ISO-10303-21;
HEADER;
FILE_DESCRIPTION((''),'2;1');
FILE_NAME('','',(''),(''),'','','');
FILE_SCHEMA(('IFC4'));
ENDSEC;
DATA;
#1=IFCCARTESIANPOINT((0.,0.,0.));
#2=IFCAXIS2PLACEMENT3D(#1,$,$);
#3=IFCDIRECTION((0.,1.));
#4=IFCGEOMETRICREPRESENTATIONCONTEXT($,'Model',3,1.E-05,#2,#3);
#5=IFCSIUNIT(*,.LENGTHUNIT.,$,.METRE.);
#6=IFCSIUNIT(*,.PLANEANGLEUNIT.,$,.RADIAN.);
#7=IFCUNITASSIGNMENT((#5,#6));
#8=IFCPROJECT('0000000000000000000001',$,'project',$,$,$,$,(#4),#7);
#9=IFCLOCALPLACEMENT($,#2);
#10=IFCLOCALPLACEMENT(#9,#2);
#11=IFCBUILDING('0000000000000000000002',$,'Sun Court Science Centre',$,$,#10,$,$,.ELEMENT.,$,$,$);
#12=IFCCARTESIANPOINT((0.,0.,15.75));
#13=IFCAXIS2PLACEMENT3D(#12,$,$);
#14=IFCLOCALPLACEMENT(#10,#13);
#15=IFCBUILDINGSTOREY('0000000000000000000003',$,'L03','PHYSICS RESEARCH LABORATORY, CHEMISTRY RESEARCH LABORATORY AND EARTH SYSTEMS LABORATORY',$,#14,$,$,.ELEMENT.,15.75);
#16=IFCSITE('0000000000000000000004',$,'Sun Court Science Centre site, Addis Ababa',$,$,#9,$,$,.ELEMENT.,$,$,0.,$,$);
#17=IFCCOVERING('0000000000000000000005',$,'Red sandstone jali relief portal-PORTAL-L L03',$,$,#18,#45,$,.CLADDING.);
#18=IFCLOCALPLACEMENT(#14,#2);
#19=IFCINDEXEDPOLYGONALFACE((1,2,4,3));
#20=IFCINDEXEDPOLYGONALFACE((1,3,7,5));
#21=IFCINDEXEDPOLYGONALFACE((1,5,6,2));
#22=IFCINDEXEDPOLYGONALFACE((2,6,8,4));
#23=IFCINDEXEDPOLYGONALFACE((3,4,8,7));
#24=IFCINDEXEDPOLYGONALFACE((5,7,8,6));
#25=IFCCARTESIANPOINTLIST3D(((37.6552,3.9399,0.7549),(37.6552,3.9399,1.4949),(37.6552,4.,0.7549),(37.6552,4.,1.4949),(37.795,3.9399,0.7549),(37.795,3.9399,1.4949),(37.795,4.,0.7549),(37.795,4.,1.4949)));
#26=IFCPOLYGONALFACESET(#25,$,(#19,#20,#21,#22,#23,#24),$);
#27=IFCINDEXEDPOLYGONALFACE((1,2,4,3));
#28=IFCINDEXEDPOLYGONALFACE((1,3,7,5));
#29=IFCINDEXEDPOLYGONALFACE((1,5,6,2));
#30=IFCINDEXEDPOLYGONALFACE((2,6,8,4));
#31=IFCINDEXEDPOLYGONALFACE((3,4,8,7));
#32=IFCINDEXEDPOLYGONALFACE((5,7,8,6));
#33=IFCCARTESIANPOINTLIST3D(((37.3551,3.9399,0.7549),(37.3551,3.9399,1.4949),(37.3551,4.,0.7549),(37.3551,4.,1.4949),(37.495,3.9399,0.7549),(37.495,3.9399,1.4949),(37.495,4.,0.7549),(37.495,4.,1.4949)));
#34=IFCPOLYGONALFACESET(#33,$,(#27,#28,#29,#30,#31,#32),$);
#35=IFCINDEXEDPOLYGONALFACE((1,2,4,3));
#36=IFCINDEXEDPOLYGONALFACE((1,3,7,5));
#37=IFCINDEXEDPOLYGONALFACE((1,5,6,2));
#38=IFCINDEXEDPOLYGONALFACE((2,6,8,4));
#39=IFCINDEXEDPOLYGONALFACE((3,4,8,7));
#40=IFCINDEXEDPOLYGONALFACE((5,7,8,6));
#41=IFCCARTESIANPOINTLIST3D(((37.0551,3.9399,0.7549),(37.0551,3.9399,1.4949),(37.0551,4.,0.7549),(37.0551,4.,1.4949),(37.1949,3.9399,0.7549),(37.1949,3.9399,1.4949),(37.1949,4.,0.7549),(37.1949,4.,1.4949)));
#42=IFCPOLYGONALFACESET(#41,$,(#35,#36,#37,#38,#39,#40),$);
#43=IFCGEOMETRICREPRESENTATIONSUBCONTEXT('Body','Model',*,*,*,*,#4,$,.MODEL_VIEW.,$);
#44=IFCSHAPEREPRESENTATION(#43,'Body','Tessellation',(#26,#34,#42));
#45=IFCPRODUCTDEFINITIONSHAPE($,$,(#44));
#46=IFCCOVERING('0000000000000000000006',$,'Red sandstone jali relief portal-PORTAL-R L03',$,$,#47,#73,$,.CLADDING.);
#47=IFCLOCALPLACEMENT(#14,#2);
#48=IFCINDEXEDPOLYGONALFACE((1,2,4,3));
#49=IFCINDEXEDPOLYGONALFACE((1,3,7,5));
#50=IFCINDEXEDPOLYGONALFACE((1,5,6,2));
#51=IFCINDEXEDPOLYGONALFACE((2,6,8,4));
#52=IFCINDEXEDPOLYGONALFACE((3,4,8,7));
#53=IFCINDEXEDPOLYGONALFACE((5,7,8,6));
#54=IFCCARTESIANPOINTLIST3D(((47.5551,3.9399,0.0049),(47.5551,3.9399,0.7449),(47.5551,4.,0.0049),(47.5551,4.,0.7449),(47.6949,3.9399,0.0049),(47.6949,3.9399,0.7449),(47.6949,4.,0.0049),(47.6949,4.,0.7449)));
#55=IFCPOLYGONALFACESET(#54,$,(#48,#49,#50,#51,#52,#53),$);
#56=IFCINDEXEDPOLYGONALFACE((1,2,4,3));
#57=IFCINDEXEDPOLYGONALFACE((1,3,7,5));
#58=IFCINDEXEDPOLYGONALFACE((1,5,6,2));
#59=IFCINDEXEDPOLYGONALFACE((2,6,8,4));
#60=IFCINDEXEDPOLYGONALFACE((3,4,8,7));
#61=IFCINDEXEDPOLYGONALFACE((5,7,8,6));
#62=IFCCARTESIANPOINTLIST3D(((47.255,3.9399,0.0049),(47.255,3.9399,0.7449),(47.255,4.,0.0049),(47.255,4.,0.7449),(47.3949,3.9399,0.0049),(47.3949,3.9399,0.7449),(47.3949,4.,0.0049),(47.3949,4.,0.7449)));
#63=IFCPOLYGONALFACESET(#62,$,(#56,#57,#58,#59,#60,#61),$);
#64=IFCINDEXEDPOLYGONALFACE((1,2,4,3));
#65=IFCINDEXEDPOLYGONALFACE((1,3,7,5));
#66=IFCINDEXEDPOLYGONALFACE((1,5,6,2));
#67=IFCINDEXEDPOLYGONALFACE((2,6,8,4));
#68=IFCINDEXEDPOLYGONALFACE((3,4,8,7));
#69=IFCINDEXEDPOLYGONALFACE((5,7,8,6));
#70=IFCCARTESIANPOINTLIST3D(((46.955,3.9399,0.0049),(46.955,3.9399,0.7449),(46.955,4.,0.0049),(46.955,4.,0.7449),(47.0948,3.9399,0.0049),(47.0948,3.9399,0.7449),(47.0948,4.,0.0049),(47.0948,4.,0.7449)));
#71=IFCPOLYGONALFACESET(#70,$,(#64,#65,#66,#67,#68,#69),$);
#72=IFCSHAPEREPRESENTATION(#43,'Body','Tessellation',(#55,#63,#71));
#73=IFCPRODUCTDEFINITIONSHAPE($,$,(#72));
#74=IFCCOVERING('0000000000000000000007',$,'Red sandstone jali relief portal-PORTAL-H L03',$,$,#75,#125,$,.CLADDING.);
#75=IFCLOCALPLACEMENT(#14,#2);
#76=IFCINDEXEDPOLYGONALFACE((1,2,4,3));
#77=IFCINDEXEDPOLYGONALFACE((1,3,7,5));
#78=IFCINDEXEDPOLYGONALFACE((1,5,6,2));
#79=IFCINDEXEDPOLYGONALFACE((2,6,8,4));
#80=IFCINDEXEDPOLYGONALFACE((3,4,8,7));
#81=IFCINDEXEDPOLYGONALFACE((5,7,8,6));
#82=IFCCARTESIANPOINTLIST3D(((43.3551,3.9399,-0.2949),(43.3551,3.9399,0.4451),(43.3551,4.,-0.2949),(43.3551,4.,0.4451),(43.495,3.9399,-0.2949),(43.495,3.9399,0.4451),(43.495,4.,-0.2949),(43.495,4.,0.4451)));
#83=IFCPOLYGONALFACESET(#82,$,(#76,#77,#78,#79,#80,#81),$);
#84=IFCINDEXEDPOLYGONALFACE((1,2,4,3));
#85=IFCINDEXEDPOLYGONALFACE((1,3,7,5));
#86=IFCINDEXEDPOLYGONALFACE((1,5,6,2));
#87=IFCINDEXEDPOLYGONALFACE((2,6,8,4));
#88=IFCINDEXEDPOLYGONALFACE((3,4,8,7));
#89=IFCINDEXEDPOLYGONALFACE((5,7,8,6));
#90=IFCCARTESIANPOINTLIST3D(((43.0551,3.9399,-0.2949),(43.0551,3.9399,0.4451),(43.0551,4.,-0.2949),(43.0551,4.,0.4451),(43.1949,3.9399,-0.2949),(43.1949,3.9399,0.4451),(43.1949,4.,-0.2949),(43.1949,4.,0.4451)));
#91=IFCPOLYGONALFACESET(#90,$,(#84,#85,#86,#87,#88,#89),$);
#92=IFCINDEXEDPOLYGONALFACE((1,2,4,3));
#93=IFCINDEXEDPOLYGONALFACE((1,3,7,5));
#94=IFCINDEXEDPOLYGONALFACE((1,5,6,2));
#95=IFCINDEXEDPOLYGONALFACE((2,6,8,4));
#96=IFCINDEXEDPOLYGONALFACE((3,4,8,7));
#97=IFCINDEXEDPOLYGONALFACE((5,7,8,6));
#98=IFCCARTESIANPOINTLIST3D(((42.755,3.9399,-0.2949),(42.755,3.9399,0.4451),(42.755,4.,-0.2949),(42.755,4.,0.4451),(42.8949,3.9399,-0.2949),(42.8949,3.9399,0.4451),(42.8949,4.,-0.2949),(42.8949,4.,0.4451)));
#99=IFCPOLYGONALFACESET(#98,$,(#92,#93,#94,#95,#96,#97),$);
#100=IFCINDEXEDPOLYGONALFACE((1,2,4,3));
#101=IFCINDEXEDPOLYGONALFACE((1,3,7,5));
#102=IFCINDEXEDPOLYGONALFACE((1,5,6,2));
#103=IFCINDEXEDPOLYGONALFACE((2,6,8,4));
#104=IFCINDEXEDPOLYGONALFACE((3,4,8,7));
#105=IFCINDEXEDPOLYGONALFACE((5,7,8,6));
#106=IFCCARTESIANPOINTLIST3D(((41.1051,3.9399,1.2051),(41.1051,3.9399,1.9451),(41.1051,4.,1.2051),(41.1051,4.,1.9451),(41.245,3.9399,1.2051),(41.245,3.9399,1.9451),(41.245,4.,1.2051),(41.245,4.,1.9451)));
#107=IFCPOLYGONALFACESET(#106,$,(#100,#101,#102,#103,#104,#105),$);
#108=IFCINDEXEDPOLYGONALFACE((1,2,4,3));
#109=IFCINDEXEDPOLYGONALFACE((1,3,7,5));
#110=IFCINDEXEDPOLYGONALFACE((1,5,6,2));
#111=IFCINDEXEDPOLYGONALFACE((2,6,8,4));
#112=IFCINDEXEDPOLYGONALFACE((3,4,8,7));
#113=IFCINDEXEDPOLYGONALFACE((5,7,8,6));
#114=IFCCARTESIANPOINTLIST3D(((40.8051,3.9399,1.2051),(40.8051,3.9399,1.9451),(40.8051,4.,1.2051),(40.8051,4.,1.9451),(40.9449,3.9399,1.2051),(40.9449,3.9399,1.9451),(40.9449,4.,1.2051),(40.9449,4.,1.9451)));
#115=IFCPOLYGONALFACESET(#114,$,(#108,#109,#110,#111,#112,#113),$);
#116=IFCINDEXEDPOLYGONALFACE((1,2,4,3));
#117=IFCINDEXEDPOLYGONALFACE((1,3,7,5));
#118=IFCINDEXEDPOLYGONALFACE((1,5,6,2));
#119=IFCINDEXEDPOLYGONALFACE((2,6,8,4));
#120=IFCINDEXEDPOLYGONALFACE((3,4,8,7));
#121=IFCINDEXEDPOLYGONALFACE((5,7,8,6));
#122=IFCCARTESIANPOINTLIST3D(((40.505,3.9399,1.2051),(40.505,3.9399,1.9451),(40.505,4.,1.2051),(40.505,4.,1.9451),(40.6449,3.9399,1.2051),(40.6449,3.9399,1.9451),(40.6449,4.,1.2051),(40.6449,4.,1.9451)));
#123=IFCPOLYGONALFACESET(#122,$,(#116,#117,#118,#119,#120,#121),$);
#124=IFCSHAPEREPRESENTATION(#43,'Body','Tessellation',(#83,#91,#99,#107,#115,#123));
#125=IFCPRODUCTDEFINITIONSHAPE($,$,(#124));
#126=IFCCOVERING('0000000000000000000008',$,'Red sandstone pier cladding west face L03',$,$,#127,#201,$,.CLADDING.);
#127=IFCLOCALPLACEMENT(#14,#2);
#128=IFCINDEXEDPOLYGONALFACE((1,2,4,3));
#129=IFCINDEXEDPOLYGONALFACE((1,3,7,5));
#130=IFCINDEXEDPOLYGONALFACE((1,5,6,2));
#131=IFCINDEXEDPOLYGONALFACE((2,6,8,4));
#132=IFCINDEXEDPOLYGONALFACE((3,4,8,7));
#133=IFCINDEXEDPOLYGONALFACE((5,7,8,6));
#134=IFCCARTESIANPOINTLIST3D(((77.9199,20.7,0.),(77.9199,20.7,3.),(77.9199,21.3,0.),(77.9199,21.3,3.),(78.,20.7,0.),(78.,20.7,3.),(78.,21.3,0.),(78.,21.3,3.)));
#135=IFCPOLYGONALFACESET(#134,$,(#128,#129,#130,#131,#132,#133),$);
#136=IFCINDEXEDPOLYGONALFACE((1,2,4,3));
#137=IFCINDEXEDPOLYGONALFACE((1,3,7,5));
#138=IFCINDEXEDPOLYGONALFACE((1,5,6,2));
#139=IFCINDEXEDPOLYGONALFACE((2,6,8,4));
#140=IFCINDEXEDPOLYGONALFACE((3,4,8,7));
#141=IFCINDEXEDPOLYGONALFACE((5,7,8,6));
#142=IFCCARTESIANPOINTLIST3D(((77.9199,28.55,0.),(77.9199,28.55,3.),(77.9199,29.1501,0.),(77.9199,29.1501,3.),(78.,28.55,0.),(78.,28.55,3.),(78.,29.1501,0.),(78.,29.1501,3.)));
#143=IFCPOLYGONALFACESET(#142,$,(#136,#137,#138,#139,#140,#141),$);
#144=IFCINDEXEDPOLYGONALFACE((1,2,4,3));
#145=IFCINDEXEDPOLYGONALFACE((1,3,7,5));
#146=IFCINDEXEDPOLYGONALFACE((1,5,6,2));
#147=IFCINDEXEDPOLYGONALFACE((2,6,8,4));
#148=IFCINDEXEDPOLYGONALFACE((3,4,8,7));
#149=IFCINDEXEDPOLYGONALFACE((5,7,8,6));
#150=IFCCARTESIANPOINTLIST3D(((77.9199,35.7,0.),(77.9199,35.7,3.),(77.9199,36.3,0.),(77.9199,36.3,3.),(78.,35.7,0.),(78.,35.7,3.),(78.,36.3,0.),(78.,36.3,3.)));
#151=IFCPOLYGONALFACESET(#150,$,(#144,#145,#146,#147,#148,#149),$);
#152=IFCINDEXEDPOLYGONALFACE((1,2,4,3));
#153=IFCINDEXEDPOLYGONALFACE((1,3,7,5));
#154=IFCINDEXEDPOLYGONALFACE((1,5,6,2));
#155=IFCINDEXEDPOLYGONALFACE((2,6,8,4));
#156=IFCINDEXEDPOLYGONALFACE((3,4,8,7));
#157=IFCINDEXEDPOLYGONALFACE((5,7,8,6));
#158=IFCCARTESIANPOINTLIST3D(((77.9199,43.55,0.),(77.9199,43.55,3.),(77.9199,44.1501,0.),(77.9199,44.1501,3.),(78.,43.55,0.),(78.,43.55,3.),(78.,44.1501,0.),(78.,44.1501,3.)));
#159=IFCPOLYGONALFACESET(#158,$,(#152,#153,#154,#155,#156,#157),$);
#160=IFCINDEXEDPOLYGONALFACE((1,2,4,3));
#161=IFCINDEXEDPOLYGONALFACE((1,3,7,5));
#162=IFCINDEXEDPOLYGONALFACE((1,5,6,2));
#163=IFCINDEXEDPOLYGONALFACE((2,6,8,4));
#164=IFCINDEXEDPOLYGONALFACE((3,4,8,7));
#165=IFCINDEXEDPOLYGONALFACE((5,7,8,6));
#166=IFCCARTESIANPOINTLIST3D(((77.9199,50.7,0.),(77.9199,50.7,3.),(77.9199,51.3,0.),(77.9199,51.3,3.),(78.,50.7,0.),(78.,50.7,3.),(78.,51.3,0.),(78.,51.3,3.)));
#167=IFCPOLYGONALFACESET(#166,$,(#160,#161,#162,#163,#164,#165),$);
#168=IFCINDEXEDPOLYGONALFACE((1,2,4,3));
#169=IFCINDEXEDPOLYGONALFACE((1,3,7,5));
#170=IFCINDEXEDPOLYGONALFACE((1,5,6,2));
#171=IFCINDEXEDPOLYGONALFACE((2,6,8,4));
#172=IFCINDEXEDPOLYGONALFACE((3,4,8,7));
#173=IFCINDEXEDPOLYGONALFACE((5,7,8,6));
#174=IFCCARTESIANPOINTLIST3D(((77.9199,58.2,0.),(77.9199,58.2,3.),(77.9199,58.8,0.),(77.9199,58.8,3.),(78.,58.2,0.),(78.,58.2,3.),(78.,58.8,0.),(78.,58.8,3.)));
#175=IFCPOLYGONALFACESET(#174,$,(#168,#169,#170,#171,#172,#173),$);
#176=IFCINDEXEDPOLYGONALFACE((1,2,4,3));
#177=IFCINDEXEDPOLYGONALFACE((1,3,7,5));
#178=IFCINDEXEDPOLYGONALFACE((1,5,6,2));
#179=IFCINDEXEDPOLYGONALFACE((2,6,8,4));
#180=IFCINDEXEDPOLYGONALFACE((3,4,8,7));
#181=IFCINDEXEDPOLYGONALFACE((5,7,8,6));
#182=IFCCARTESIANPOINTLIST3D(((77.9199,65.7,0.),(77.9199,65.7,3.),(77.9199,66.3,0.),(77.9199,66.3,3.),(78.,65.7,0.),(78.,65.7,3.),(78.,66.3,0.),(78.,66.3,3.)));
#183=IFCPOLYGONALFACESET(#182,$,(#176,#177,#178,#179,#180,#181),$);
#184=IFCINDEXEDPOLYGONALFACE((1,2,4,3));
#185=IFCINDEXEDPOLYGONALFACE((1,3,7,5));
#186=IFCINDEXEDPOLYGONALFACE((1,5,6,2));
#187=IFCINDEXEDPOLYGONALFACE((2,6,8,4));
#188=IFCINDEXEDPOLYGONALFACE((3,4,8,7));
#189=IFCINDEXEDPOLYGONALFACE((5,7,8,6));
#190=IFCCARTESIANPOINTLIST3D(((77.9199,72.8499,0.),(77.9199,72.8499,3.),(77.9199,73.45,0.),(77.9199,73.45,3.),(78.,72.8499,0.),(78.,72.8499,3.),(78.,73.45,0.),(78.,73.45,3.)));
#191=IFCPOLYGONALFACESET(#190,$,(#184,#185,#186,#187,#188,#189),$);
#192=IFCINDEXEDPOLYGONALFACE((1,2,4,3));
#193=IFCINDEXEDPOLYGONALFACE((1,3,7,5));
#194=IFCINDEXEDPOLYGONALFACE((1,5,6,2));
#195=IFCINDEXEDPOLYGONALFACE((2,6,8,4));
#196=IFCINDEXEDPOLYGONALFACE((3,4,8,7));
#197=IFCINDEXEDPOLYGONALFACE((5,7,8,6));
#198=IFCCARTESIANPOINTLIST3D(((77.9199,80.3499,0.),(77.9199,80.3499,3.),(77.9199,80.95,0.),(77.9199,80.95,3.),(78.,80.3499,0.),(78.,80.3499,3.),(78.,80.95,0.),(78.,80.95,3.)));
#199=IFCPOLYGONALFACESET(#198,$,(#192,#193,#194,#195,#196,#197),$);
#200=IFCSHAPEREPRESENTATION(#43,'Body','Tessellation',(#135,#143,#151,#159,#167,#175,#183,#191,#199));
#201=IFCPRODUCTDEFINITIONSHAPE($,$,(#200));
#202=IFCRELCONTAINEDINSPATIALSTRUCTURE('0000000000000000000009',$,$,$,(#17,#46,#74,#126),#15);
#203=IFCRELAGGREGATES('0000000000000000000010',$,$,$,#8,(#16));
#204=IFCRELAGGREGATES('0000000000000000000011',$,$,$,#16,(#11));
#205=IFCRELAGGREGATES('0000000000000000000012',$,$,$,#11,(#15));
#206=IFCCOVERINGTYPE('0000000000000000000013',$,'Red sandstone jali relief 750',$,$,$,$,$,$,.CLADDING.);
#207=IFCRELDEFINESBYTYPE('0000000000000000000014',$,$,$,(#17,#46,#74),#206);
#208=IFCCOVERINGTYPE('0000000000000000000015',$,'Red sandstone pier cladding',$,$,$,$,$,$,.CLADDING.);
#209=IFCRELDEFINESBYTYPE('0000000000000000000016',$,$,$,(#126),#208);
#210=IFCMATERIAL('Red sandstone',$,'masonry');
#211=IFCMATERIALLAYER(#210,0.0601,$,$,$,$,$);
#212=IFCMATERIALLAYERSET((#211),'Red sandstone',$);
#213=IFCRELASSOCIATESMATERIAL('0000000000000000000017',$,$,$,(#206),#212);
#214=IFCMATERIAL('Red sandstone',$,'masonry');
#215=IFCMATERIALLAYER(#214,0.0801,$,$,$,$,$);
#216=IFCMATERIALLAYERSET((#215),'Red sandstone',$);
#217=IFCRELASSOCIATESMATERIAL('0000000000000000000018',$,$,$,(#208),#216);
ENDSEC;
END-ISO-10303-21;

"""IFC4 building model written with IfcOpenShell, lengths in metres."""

from ifc_helpers import new_model, si_unit, direction, frame, origin, origin_2d, place, context, subcontext, project, spatial, rectangle, extrude, material, layer, layer_set, type_object, element, save


model = new_model("IFC4")

# Units and contexts
model_context = context("Model", 3, precision=1e-05, world=origin(), true_north=direction((0.0, 1.0)))
body_context = subcontext(model_context, "Body", "Model", "MODEL_VIEW")
ifc_project = project(units=[si_unit("LENGTHUNIT", "METRE"), si_unit("PLANEANGLEUNIT", "RADIAN")], contexts=[model_context])

# Site, building, storey
site_placement = place(None, origin())
site = spatial("IfcSite", under=ifc_project, at=site_placement, Name="Sun Court Science Centre site, Addis Ababa", CompositionType="ELEMENT", RefElevation=0.0)
building_placement = place(site_placement, origin())
building = spatial("IfcBuilding", under=site, at=building_placement, Name="Sun Court Science Centre", CompositionType="ELEMENT")
storey_placement = place(building_placement, frame((0.0, 0.0, 15.75)))
storey = spatial("IfcBuildingStorey", under=building, at=storey_placement, Name="L03", Description="PHYSICS RESEARCH LABORATORY, CHEMISTRY RESEARCH LABORATORY AND EARTH SYSTEMS LABORATORY", CompositionType="ELEMENT", Elevation=15.75)

# Coverings
ifc_material_1 = material(Name="Red sandstone", Category="masonry")
ifc_layer_1 = layer(ifc_material_1, 0.0601)
ifc_layer_set_1 = layer_set([ifc_layer_1], Name="Red sandstone")
covering_type_1 = type_object("IfcCoveringType", Name="Red sandstone jali relief 750", PredefinedType="CLADDING", material=ifc_layer_set_1)
covering_1_placement = place(storey_placement, frame((0.0, 0.0, -15.75)))
element("IfcCovering", 1, at=covering_1_placement, inside=storey, type_object=covering_type_1, Name="Red sandstone jali relief portal-PORTAL-L L03", PredefinedType="CLADDING", context=body_context, shape_type="SweptSolid", body=[
    extrude(rectangle(XDim=0.1399, YDim=0.0601, at=origin_2d()), frame((37.7251, 3.97, 16.5049), z_axis=(0.0, 0.0, 1.0), x_axis=(-1.0, 0.0, 0.0)), (0.0, 0.0, 1.0), 0.74),
    extrude(rectangle(XDim=0.1399, YDim=0.0601, at=origin_2d()), frame((37.425, 3.97, 16.5049), z_axis=(0.0, 0.0, 1.0), x_axis=(-1.0, 0.0, 0.0)), (0.0, 0.0, 1.0), 0.74),
    extrude(rectangle(XDim=0.1399, YDim=0.0601, at=origin_2d()), frame((37.125, 3.97, 16.5049), z_axis=(0.0, 0.0, 1.0), x_axis=(-1.0, 0.0, 0.0)), (0.0, 0.0, 1.0), 0.74),
])
covering_2_placement = place(storey_placement, frame((0.0, 0.0, -15.75)))
element("IfcCovering", 2, at=covering_2_placement, inside=storey, type_object=covering_type_1, Name="Red sandstone jali relief portal-PORTAL-R L03", PredefinedType="CLADDING", context=body_context, shape_type="SweptSolid", body=[
    extrude(rectangle(XDim=0.1399, YDim=0.0601, at=origin_2d()), frame((47.625, 3.97, 15.7549), z_axis=(0.0, 0.0, 1.0), x_axis=(-1.0, 0.0, 0.0)), (0.0, 0.0, 1.0), 0.74),
    extrude(rectangle(XDim=0.1399, YDim=0.0601, at=origin_2d()), frame((47.325, 3.97, 15.7549), z_axis=(0.0, 0.0, 1.0), x_axis=(-1.0, 0.0, 0.0)), (0.0, 0.0, 1.0), 0.74),
    extrude(rectangle(XDim=0.1399, YDim=0.0601, at=origin_2d()), frame((47.0249, 3.97, 15.7549), z_axis=(0.0, 0.0, 1.0), x_axis=(-1.0, 0.0, 0.0)), (0.0, 0.0, 1.0), 0.74),
])
covering_3_placement = place(storey_placement, frame((0.0, 0.0, -15.75)))
element("IfcCovering", 3, at=covering_3_placement, inside=storey, type_object=covering_type_1, Name="Red sandstone jali relief portal-PORTAL-H L03", PredefinedType="CLADDING", context=body_context, shape_type="SweptSolid", body=[
    extrude(rectangle(XDim=0.1399, YDim=0.0601, at=origin_2d()), frame((43.425, 3.97, 15.4551), z_axis=(0.0, 0.0, 1.0), x_axis=(-1.0, 0.0, 0.0)), (0.0, 0.0, 1.0), 0.74),
    extrude(rectangle(XDim=0.1399, YDim=0.0601, at=origin_2d()), frame((43.125, 3.97, 15.4551), z_axis=(0.0, 0.0, 1.0), x_axis=(-1.0, 0.0, 0.0)), (0.0, 0.0, 1.0), 0.74),
    extrude(rectangle(XDim=0.1399, YDim=0.0601, at=origin_2d()), frame((42.825, 3.97, 15.4551), z_axis=(0.0, 0.0, 1.0), x_axis=(-1.0, 0.0, 0.0)), (0.0, 0.0, 1.0), 0.74),
    extrude(rectangle(XDim=0.1399, YDim=0.0601, at=origin_2d()), frame((41.175, 3.97, 16.9551), z_axis=(0.0, 0.0, 1.0), x_axis=(-1.0, 0.0, 0.0)), (0.0, 0.0, 1.0), 0.74),
    extrude(rectangle(XDim=0.1399, YDim=0.0601, at=origin_2d()), frame((40.875, 3.97, 16.9551), z_axis=(0.0, 0.0, 1.0), x_axis=(-1.0, 0.0, 0.0)), (0.0, 0.0, 1.0), 0.74),
    extrude(rectangle(XDim=0.1399, YDim=0.0601, at=origin_2d()), frame((40.575, 3.97, 16.9551), z_axis=(0.0, 0.0, 1.0), x_axis=(-1.0, 0.0, 0.0)), (0.0, 0.0, 1.0), 0.74),
])
ifc_material_2 = material(Name="Red sandstone", Category="masonry")
ifc_layer_2 = layer(ifc_material_2, 0.0801)
ifc_layer_set_2 = layer_set([ifc_layer_2], Name="Red sandstone")
covering_type_2 = type_object("IfcCoveringType", Name="Red sandstone pier cladding", PredefinedType="CLADDING", material=ifc_layer_set_2)
covering_4_placement = place(storey_placement, frame((0.0, 0.0, -15.75)))
element("IfcCovering", 4, at=covering_4_placement, inside=storey, type_object=covering_type_2, Name="Red sandstone pier cladding west face L03", PredefinedType="CLADDING", context=body_context, shape_type="SweptSolid", body=[
    extrude(rectangle(XDim=0.6001, YDim=0.0801, at=origin_2d()), frame((77.96, 21.0, 15.75), z_axis=(0.0, 0.0, 1.0), x_axis=(0.0, 1.0, 0.0)), (0.0, 0.0, 1.0), 3.0),
    extrude(rectangle(XDim=0.6001, YDim=0.0801, at=origin_2d()), frame((77.96, 28.8501, 15.75), z_axis=(0.0, 0.0, 1.0), x_axis=(0.0, 1.0, 0.0)), (0.0, 0.0, 1.0), 3.0),
    extrude(rectangle(XDim=0.6001, YDim=0.0801, at=origin_2d()), frame((77.96, 36.0, 15.75), z_axis=(0.0, 0.0, 1.0), x_axis=(0.0, 1.0, 0.0)), (0.0, 0.0, 1.0), 3.0),
    extrude(rectangle(XDim=0.6001, YDim=0.0801, at=origin_2d()), frame((77.96, 43.8501, 15.75), z_axis=(0.0, 0.0, 1.0), x_axis=(0.0, 1.0, 0.0)), (0.0, 0.0, 1.0), 3.0),
    extrude(rectangle(XDim=0.6001, YDim=0.0801, at=origin_2d()), frame((77.96, 51.0, 15.75), z_axis=(0.0, 0.0, 1.0), x_axis=(0.0, 1.0, 0.0)), (0.0, 0.0, 1.0), 3.0),
    extrude(rectangle(XDim=0.6001, YDim=0.0801, at=origin_2d()), frame((77.96, 58.5, 15.75), z_axis=(0.0, 0.0, 1.0), x_axis=(0.0, 1.0, 0.0)), (0.0, 0.0, 1.0), 3.0),
    extrude(rectangle(XDim=0.6001, YDim=0.0801, at=origin_2d()), frame((77.96, 66.0, 15.75), z_axis=(0.0, 0.0, 1.0), x_axis=(0.0, 1.0, 0.0)), (0.0, 0.0, 1.0), 3.0),
    extrude(rectangle(XDim=0.6001, YDim=0.0801, at=origin_2d()), frame((77.96, 73.1499, 15.75), z_axis=(0.0, 0.0, 1.0), x_axis=(0.0, 1.0, 0.0)), (0.0, 0.0, 1.0), 3.0),
    extrude(rectangle(XDim=0.6001, YDim=0.0801, at=origin_2d()), frame((77.96, 80.6499, 15.75), z_axis=(0.0, 0.0, 1.0), x_axis=(0.0, 1.0, 0.0)), (0.0, 0.0, 1.0), 3.0),
])

save(model, "model.ifc")
